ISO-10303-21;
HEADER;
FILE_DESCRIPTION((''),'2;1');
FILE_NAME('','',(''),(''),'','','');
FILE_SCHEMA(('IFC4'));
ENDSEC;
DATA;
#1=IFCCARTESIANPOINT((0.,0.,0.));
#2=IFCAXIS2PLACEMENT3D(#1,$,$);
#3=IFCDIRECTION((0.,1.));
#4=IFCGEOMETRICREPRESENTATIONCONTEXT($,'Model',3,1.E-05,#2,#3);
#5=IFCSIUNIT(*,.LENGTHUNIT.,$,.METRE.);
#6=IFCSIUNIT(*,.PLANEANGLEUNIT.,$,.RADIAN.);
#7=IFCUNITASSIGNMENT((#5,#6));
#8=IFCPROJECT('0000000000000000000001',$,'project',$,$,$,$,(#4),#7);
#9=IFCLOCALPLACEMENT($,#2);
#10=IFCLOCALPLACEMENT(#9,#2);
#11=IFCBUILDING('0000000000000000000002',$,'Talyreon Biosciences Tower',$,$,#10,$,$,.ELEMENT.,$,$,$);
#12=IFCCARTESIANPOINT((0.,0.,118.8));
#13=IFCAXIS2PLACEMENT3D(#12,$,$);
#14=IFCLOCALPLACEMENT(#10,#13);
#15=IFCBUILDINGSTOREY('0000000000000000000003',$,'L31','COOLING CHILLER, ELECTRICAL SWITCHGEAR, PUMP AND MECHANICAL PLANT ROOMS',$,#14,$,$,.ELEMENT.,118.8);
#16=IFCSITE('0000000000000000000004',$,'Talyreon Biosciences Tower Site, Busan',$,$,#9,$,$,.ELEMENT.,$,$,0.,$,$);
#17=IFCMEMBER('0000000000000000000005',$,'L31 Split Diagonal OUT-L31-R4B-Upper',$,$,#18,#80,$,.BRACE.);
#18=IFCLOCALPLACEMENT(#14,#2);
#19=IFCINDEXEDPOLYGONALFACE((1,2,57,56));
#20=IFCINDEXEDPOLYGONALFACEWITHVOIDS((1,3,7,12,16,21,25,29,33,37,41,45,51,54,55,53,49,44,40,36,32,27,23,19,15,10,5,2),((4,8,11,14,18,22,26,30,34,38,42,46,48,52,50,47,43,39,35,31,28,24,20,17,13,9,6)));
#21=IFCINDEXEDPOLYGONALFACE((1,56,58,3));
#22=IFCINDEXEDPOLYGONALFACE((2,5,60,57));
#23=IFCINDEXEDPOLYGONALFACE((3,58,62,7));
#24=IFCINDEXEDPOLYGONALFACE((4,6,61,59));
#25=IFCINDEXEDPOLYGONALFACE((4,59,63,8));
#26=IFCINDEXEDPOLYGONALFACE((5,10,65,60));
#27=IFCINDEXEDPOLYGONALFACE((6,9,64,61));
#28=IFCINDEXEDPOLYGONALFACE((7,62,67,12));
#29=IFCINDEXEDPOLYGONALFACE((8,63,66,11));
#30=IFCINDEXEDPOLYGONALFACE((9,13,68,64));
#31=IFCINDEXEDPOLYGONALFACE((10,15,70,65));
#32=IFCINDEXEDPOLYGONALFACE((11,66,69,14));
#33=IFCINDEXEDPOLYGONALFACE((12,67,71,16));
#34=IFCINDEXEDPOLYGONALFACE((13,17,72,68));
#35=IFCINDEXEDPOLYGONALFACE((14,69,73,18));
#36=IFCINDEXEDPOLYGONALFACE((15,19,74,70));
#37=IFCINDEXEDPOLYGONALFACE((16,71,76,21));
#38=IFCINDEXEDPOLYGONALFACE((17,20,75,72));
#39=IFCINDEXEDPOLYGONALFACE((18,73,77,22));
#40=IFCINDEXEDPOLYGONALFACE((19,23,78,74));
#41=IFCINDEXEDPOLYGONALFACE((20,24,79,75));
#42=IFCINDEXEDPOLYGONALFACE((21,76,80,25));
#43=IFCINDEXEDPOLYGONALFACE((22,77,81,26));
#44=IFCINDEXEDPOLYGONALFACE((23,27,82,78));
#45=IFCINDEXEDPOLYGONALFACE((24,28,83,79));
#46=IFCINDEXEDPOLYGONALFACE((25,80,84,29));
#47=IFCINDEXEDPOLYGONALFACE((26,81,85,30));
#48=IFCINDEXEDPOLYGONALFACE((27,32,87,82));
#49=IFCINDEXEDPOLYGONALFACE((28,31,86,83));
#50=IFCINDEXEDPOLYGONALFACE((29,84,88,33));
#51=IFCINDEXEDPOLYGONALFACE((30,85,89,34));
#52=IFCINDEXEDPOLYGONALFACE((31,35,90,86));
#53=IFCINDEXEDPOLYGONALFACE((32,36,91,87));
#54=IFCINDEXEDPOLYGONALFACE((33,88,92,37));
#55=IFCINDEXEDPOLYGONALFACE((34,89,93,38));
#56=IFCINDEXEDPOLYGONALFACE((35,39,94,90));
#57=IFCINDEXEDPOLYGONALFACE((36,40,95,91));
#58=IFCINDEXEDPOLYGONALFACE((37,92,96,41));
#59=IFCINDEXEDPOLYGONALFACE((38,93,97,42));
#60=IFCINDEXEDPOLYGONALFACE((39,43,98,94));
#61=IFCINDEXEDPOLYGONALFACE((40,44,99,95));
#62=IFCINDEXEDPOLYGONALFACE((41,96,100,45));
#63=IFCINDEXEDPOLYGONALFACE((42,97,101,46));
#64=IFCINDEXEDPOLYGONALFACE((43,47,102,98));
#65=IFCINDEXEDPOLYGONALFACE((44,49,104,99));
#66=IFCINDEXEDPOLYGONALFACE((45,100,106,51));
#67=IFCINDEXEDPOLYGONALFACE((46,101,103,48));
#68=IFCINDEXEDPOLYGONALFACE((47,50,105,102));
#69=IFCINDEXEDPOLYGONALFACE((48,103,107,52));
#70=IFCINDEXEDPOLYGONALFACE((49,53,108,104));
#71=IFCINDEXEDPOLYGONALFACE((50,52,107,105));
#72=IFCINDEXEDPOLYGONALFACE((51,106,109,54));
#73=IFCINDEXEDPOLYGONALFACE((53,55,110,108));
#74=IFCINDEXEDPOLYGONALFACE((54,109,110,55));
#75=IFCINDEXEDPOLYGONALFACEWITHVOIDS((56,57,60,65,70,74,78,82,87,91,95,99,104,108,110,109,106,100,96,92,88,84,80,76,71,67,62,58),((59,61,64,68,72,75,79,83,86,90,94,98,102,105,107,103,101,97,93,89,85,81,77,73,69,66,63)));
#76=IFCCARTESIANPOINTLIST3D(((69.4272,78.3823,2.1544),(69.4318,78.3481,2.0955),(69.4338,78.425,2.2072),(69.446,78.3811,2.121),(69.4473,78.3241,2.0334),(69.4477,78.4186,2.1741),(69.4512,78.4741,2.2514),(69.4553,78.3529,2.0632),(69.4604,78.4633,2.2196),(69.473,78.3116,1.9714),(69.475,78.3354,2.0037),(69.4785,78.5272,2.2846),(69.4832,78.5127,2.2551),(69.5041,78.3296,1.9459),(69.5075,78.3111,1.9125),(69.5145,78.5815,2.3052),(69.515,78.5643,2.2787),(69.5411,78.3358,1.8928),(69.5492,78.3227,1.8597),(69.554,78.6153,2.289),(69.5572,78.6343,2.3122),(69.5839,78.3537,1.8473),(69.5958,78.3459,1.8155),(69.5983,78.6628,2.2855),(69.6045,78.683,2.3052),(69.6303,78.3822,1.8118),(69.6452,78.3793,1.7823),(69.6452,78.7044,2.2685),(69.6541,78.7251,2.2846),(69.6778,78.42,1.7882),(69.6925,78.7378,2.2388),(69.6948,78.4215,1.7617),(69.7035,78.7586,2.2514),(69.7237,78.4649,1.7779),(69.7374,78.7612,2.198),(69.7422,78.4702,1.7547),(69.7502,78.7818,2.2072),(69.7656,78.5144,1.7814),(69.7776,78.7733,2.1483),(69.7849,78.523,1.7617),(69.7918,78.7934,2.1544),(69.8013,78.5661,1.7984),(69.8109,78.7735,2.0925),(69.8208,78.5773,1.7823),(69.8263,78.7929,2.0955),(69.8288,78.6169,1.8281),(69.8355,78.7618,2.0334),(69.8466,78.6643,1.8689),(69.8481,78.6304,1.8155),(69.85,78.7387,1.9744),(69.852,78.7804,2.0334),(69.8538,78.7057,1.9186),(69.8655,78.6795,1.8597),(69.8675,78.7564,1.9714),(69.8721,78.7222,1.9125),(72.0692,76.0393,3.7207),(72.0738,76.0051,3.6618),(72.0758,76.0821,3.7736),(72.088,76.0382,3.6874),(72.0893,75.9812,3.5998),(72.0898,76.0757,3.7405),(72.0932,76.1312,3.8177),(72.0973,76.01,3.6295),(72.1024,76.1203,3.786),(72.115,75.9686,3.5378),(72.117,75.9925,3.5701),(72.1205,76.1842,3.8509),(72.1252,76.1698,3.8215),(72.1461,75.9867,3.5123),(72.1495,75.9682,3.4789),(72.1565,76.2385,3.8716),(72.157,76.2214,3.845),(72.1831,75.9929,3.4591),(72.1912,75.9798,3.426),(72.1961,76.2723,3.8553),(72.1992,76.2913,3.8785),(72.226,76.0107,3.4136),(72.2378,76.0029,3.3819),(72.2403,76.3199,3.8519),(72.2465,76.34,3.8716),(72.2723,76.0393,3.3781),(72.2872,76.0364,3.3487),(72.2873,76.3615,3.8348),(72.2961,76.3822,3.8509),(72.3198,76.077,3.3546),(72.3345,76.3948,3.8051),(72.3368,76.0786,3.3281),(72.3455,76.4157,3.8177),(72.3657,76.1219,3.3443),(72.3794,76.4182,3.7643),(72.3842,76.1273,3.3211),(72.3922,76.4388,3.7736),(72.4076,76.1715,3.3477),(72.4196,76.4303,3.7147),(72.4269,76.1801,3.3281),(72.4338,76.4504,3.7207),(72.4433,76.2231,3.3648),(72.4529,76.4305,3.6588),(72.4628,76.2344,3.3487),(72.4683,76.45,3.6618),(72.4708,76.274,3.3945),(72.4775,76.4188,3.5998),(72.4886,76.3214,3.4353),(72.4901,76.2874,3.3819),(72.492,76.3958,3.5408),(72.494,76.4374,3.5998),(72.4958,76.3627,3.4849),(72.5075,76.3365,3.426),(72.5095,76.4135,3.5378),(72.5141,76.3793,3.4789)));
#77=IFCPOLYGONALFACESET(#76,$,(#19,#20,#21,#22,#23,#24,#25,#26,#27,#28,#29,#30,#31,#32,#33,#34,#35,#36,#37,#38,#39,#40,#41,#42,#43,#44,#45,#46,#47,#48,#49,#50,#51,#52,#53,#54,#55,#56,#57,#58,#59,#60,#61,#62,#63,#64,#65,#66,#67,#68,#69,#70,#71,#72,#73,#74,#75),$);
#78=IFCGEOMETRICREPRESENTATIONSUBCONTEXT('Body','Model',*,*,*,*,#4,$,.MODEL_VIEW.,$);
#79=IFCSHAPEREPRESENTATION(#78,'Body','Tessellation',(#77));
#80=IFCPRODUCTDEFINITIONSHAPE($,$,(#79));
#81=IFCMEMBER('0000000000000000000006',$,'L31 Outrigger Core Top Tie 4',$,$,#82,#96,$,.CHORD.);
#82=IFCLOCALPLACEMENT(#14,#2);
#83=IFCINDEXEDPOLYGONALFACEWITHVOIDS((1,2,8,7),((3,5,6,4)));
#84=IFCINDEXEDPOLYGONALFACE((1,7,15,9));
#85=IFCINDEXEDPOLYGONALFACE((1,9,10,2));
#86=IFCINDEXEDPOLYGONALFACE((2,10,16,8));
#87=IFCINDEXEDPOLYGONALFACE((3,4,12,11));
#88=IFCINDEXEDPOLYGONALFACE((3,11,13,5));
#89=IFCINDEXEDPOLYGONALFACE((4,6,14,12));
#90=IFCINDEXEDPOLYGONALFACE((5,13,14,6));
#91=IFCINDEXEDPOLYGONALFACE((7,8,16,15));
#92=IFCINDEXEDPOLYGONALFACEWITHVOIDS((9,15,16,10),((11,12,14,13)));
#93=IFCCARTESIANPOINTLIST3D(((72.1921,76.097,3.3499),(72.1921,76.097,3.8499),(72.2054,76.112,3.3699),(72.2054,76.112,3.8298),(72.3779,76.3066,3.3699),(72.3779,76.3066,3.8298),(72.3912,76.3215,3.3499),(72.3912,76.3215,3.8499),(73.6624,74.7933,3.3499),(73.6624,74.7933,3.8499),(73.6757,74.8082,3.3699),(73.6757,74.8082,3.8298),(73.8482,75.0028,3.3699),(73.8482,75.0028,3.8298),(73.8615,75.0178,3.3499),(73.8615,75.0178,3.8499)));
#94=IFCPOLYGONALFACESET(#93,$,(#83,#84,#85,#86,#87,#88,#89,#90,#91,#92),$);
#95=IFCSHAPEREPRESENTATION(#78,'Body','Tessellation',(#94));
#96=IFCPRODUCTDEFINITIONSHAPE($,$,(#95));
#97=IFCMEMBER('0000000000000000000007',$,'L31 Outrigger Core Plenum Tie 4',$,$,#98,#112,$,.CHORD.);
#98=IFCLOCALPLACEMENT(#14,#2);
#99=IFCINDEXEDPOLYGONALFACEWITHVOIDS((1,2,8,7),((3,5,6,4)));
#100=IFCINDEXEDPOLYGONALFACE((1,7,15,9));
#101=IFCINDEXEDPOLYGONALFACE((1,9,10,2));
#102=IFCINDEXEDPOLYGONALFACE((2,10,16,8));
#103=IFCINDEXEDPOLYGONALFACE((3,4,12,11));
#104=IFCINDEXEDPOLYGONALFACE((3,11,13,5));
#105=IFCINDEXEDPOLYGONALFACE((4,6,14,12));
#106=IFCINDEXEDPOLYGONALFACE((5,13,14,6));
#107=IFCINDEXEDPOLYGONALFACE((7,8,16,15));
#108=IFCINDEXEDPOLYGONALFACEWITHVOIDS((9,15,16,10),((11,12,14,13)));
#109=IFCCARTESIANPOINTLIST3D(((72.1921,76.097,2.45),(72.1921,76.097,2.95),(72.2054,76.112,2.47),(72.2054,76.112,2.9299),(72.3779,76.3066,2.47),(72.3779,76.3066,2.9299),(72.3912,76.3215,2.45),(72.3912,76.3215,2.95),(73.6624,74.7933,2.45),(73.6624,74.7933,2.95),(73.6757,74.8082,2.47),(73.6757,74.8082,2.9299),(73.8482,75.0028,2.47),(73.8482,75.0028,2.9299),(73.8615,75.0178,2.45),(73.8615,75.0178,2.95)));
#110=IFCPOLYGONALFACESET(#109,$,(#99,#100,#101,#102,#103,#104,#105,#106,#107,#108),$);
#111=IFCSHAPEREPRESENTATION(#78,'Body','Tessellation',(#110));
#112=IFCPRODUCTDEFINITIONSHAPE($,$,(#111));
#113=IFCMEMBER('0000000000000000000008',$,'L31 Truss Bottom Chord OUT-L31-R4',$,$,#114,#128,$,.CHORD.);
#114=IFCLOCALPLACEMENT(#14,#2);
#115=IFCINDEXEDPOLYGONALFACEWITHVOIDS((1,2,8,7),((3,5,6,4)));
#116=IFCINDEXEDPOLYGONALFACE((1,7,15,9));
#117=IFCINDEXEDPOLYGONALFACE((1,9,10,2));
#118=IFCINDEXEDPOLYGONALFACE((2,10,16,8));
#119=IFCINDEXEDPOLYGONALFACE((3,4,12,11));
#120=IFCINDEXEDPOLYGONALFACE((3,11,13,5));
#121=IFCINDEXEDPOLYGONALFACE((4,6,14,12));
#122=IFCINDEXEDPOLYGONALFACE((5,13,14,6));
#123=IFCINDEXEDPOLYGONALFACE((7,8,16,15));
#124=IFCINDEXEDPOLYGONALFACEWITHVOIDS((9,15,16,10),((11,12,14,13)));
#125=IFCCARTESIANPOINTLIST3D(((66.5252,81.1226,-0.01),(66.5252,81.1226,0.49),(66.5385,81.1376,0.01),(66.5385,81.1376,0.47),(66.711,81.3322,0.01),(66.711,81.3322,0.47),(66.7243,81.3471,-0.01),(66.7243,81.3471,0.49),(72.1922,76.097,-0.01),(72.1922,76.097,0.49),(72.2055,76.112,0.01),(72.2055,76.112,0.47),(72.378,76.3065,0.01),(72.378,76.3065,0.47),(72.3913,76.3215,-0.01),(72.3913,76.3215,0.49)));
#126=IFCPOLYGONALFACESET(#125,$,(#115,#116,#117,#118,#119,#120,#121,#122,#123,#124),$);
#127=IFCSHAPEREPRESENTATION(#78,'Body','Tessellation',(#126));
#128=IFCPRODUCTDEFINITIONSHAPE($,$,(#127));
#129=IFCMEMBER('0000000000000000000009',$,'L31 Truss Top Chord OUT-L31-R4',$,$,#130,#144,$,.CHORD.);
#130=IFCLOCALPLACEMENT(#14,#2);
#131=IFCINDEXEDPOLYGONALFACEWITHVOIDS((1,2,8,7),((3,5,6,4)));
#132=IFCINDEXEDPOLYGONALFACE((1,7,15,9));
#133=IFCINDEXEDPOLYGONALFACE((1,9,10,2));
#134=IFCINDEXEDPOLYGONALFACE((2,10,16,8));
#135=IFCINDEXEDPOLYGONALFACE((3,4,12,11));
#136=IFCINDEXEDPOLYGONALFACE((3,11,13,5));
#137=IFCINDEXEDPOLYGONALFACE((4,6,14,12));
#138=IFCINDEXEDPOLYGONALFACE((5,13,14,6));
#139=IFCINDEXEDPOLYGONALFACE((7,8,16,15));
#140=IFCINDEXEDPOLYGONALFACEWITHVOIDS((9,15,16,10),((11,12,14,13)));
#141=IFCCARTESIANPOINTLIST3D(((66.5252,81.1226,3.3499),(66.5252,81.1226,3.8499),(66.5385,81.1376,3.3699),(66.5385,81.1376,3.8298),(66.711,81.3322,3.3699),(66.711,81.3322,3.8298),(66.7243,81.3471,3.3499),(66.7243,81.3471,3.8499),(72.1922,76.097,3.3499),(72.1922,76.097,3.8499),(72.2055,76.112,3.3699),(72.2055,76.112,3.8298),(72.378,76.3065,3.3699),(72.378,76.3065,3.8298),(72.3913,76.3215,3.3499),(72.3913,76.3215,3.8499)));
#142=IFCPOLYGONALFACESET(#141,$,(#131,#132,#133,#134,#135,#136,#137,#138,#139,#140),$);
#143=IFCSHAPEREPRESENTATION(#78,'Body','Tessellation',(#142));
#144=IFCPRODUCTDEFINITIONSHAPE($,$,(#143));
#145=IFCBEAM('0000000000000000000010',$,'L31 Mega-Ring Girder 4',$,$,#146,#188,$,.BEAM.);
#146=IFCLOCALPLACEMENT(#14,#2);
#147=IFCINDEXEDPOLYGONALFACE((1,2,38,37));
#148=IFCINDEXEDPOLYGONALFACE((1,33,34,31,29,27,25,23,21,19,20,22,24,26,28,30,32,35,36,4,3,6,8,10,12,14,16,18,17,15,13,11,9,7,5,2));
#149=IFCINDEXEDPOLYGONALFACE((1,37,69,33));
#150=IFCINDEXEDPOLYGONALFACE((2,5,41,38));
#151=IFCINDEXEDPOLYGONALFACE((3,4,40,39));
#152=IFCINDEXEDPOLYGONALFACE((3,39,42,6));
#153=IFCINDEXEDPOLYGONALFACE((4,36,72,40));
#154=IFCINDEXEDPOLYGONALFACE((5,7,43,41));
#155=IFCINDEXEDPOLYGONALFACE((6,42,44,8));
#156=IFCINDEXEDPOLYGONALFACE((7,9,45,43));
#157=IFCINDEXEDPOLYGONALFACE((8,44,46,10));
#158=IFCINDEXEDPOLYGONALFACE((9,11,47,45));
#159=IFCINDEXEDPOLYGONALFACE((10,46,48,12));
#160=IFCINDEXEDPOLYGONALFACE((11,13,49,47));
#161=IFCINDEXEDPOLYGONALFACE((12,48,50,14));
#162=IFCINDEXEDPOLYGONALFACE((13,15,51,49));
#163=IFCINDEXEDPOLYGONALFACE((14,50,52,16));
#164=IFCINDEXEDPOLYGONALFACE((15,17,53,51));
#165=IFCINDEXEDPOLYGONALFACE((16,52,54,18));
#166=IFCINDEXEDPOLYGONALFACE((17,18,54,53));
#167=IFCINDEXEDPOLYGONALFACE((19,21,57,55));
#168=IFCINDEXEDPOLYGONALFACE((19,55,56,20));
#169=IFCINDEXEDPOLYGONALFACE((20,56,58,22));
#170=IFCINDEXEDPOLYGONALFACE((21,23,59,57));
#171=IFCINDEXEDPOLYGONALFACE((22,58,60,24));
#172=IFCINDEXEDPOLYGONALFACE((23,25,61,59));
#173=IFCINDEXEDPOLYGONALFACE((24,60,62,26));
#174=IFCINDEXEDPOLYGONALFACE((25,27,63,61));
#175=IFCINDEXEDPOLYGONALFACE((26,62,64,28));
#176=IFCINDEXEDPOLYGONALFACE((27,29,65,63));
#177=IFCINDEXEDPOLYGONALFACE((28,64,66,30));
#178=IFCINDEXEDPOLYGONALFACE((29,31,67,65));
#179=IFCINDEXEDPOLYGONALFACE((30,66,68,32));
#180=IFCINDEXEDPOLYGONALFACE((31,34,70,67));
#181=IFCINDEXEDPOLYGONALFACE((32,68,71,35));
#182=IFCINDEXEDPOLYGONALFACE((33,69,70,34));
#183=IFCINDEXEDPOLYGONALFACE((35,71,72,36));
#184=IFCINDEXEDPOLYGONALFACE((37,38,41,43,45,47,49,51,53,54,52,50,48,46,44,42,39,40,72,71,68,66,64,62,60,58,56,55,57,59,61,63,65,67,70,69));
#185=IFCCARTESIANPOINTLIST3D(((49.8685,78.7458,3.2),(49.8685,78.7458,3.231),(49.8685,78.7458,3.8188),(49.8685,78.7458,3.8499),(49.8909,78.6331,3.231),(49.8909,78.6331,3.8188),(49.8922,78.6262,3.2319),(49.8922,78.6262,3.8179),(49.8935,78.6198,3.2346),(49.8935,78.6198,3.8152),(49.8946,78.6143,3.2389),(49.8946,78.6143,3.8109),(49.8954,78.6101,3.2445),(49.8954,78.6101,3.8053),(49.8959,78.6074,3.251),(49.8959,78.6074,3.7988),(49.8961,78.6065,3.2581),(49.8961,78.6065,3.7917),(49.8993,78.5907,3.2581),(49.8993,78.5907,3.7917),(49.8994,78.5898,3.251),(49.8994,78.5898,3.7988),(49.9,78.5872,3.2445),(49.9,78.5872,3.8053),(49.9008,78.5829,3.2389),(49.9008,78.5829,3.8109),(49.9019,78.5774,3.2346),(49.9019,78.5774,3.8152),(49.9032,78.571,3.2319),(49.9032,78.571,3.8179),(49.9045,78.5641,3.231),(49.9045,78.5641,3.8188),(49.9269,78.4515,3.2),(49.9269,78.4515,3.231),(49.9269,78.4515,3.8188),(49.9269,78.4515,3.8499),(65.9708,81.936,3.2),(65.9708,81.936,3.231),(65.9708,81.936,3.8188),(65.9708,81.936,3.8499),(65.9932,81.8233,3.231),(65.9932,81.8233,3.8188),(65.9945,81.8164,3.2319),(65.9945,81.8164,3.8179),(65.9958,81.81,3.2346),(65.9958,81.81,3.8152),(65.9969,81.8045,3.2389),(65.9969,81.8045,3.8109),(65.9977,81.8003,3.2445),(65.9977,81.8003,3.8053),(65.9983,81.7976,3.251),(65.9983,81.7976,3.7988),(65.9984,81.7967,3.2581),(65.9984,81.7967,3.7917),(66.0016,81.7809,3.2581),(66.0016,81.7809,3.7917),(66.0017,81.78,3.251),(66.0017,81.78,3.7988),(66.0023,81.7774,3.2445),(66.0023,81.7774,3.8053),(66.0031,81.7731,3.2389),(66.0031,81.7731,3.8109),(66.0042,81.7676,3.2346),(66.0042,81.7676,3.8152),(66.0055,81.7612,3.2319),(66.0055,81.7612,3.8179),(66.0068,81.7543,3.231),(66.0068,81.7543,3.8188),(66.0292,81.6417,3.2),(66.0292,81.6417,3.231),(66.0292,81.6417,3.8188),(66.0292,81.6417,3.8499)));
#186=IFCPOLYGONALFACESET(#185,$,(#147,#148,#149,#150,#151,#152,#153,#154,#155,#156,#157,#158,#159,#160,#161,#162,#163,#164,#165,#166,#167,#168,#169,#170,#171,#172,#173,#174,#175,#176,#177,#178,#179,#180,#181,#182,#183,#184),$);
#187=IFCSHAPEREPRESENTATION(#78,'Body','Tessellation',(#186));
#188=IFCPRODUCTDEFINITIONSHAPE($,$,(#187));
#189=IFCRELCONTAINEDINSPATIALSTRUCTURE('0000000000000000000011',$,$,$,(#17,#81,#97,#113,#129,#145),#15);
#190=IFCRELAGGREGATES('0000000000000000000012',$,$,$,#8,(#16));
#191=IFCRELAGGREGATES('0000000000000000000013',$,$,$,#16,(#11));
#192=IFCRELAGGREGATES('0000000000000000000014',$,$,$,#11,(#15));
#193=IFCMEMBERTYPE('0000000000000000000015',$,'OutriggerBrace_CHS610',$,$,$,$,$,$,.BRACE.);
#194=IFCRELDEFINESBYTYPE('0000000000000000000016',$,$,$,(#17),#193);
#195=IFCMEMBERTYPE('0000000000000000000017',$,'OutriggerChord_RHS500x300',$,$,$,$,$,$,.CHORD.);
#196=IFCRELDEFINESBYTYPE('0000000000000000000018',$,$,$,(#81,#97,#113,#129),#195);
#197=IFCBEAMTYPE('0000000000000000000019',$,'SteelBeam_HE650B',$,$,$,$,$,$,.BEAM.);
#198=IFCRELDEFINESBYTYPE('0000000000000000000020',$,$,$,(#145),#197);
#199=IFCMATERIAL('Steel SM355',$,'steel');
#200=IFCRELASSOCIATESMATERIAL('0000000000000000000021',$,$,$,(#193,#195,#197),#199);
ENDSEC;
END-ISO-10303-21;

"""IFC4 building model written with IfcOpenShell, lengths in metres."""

from ifc_helpers import new_model, si_unit, direction, frame, origin, origin_2d, place, context, subcontext, project, spatial, hollow_rectangle, hollow_circle, i_section, extrude, material, material_profile, profile_set, type_object, element, save


model = new_model("IFC4")

# Units and contexts
model_context = context("Model", 3, precision=1e-05, world=origin(), true_north=direction((0.0, 1.0)))
body_context = subcontext(model_context, "Body", "Model", "MODEL_VIEW")
ifc_project = project(units=[si_unit("LENGTHUNIT", "METRE"), si_unit("PLANEANGLEUNIT", "RADIAN")], contexts=[model_context])

# Site, building, storey
site_placement = place(None, origin())
site = spatial("IfcSite", under=ifc_project, at=site_placement, Name="Talyreon Biosciences Tower Site, Busan", CompositionType="ELEMENT", RefElevation=0.0)
building_placement = place(site_placement, origin())
building = spatial("IfcBuilding", under=site, at=building_placement, Name="Talyreon Biosciences Tower", CompositionType="ELEMENT")
storey_placement = place(building_placement, frame((0.0, 0.0, 118.8)))
storey = spatial("IfcBuildingStorey", under=building, at=storey_placement, Name="L31", Description="COOLING CHILLER, ELECTRICAL SWITCHGEAR, PUMP AND MECHANICAL PLANT ROOMS", CompositionType="ELEMENT", Elevation=118.8)

# Shared definitions
ifc_material_1 = material(Name="Steel SM355", Category="steel")

# Members
ifc_material_profile_1 = material_profile(ifc_material_1, hollow_circle(Radius=0.3049, WallThickness=0.0249, at=origin_2d()), Name="CHS 610x25")
ifc_profile_set_1 = profile_set([ifc_material_profile_1], Name="Steel SM355")
member_type_1 = type_object("IfcMemberType", Name="OutriggerBrace_CHS610", PredefinedType="BRACE", material=ifc_profile_set_1)
for number, where, z_axis, x_axis, name in (
    (1, (69.6497, 78.5522, 2.0334), (0.683919, -0.606503, 0.405473), (0.663492, 0.748183, 0.0), "L31 Split Diagonal OUT-L31-R4B-Upper"),
):
    element("IfcMember", number, at=place(storey_placement, frame(where, z_axis=z_axis, x_axis=x_axis)), inside=storey, type_object=member_type_1, Name=name, PredefinedType="BRACE", context=body_context, shape_type="SweptSolid", body=[
        extrude(hollow_circle(Radius=0.3049, WallThickness=0.0249, at=origin_2d()), origin(), (0.0, 0.0, 1.0), 3.863),
    ])
ifc_material_profile_2 = material_profile(ifc_material_1, hollow_rectangle(XDim=0.3, YDim=0.5, WallThickness=0.02, at=origin_2d()), Name="RHS 500x300x20")
ifc_profile_set_2 = profile_set([ifc_material_profile_2], Name="Steel SM355")
member_type_2 = type_object("IfcMemberType", Name="OutriggerChord_RHS500x300", PredefinedType="CHORD", material=ifc_profile_set_2)
for number, where, z_axis, x_axis, name in (
    (2, (73.762, 74.9055, 3.5999), (-0.748204, 0.663469, 0.0), (-0.663469, -0.748204, 0.0), "L31 Outrigger Core Top Tie 4"),
    (3, (73.762, 74.9055, 2.7), (-0.748204, 0.663469, 0.0), (-0.663469, -0.748204, 0.0), "L31 Outrigger Core Plenum Tie 4"),
):
    element("IfcMember", number, at=place(storey_placement, frame(where, z_axis=z_axis, x_axis=x_axis)), inside=storey, type_object=member_type_2, Name=name, PredefinedType="CHORD", context=body_context, shape_type="SweptSolid", body=[
        extrude(hollow_rectangle(XDim=0.3, YDim=0.5, WallThickness=0.02, at=origin_2d()), origin(), (0.0, 0.0, 1.0), 1.9651),
    ])
for number, where, z_axis, x_axis, name in (
    (4, (72.2917, 76.2092, 0.24), (-0.748175, 0.663501, 0.0), (-0.663501, -0.748175, 0.0), "L31 Truss Bottom Chord OUT-L31-R4"),
    (5, (72.2917, 76.2092, 3.5999), (-0.748175, 0.663501, 0.0), (-0.663501, -0.748175, 0.0), "L31 Truss Top Chord OUT-L31-R4"),
):
    element("IfcMember", number, at=place(storey_placement, frame(where, z_axis=z_axis, x_axis=x_axis)), inside=storey, type_object=member_type_2, Name=name, PredefinedType="CHORD", context=body_context, shape_type="SweptSolid", body=[
        extrude(hollow_rectangle(XDim=0.3, YDim=0.5, WallThickness=0.02, at=origin_2d()), origin(), (0.0, 0.0, 1.0), 7.5745),
    ])

# Beam
ifc_material_profile_3 = material_profile(ifc_material_1, i_section(OverallWidth=0.3, OverallDepth=0.6499, WebThickness=0.0161, FlangeThickness=0.031, FilletRadius=0.0271, at=origin_2d()), Name="HE650B")
ifc_profile_set_3 = profile_set([ifc_material_profile_3], Name="Steel SM355")
beam_type_1 = type_object("IfcBeamType", Name="SteelBeam_HE650B", PredefinedType="BEAM", material=ifc_profile_set_3)
beam_1_placement = place(storey_placement, frame((66.0, 81.7888, 3.5249), z_axis=(-0.980934, -0.194343, 0.0), x_axis=(0.194343, -0.980934, 0.0)))
element("IfcBeam", 6, at=beam_1_placement, inside=storey, type_object=beam_type_1, Name="L31 Mega-Ring Girder 4", PredefinedType="BEAM", context=body_context, shape_type="SweptSolid", body=[
    extrude(i_section(OverallWidth=0.3, OverallDepth=0.6499, WebThickness=0.0161, FlangeThickness=0.031, FilletRadius=0.0271, at=origin_2d()), origin(), (0.0, 0.0, 1.0), 16.4153),
])

save(model, "model.ifc")
